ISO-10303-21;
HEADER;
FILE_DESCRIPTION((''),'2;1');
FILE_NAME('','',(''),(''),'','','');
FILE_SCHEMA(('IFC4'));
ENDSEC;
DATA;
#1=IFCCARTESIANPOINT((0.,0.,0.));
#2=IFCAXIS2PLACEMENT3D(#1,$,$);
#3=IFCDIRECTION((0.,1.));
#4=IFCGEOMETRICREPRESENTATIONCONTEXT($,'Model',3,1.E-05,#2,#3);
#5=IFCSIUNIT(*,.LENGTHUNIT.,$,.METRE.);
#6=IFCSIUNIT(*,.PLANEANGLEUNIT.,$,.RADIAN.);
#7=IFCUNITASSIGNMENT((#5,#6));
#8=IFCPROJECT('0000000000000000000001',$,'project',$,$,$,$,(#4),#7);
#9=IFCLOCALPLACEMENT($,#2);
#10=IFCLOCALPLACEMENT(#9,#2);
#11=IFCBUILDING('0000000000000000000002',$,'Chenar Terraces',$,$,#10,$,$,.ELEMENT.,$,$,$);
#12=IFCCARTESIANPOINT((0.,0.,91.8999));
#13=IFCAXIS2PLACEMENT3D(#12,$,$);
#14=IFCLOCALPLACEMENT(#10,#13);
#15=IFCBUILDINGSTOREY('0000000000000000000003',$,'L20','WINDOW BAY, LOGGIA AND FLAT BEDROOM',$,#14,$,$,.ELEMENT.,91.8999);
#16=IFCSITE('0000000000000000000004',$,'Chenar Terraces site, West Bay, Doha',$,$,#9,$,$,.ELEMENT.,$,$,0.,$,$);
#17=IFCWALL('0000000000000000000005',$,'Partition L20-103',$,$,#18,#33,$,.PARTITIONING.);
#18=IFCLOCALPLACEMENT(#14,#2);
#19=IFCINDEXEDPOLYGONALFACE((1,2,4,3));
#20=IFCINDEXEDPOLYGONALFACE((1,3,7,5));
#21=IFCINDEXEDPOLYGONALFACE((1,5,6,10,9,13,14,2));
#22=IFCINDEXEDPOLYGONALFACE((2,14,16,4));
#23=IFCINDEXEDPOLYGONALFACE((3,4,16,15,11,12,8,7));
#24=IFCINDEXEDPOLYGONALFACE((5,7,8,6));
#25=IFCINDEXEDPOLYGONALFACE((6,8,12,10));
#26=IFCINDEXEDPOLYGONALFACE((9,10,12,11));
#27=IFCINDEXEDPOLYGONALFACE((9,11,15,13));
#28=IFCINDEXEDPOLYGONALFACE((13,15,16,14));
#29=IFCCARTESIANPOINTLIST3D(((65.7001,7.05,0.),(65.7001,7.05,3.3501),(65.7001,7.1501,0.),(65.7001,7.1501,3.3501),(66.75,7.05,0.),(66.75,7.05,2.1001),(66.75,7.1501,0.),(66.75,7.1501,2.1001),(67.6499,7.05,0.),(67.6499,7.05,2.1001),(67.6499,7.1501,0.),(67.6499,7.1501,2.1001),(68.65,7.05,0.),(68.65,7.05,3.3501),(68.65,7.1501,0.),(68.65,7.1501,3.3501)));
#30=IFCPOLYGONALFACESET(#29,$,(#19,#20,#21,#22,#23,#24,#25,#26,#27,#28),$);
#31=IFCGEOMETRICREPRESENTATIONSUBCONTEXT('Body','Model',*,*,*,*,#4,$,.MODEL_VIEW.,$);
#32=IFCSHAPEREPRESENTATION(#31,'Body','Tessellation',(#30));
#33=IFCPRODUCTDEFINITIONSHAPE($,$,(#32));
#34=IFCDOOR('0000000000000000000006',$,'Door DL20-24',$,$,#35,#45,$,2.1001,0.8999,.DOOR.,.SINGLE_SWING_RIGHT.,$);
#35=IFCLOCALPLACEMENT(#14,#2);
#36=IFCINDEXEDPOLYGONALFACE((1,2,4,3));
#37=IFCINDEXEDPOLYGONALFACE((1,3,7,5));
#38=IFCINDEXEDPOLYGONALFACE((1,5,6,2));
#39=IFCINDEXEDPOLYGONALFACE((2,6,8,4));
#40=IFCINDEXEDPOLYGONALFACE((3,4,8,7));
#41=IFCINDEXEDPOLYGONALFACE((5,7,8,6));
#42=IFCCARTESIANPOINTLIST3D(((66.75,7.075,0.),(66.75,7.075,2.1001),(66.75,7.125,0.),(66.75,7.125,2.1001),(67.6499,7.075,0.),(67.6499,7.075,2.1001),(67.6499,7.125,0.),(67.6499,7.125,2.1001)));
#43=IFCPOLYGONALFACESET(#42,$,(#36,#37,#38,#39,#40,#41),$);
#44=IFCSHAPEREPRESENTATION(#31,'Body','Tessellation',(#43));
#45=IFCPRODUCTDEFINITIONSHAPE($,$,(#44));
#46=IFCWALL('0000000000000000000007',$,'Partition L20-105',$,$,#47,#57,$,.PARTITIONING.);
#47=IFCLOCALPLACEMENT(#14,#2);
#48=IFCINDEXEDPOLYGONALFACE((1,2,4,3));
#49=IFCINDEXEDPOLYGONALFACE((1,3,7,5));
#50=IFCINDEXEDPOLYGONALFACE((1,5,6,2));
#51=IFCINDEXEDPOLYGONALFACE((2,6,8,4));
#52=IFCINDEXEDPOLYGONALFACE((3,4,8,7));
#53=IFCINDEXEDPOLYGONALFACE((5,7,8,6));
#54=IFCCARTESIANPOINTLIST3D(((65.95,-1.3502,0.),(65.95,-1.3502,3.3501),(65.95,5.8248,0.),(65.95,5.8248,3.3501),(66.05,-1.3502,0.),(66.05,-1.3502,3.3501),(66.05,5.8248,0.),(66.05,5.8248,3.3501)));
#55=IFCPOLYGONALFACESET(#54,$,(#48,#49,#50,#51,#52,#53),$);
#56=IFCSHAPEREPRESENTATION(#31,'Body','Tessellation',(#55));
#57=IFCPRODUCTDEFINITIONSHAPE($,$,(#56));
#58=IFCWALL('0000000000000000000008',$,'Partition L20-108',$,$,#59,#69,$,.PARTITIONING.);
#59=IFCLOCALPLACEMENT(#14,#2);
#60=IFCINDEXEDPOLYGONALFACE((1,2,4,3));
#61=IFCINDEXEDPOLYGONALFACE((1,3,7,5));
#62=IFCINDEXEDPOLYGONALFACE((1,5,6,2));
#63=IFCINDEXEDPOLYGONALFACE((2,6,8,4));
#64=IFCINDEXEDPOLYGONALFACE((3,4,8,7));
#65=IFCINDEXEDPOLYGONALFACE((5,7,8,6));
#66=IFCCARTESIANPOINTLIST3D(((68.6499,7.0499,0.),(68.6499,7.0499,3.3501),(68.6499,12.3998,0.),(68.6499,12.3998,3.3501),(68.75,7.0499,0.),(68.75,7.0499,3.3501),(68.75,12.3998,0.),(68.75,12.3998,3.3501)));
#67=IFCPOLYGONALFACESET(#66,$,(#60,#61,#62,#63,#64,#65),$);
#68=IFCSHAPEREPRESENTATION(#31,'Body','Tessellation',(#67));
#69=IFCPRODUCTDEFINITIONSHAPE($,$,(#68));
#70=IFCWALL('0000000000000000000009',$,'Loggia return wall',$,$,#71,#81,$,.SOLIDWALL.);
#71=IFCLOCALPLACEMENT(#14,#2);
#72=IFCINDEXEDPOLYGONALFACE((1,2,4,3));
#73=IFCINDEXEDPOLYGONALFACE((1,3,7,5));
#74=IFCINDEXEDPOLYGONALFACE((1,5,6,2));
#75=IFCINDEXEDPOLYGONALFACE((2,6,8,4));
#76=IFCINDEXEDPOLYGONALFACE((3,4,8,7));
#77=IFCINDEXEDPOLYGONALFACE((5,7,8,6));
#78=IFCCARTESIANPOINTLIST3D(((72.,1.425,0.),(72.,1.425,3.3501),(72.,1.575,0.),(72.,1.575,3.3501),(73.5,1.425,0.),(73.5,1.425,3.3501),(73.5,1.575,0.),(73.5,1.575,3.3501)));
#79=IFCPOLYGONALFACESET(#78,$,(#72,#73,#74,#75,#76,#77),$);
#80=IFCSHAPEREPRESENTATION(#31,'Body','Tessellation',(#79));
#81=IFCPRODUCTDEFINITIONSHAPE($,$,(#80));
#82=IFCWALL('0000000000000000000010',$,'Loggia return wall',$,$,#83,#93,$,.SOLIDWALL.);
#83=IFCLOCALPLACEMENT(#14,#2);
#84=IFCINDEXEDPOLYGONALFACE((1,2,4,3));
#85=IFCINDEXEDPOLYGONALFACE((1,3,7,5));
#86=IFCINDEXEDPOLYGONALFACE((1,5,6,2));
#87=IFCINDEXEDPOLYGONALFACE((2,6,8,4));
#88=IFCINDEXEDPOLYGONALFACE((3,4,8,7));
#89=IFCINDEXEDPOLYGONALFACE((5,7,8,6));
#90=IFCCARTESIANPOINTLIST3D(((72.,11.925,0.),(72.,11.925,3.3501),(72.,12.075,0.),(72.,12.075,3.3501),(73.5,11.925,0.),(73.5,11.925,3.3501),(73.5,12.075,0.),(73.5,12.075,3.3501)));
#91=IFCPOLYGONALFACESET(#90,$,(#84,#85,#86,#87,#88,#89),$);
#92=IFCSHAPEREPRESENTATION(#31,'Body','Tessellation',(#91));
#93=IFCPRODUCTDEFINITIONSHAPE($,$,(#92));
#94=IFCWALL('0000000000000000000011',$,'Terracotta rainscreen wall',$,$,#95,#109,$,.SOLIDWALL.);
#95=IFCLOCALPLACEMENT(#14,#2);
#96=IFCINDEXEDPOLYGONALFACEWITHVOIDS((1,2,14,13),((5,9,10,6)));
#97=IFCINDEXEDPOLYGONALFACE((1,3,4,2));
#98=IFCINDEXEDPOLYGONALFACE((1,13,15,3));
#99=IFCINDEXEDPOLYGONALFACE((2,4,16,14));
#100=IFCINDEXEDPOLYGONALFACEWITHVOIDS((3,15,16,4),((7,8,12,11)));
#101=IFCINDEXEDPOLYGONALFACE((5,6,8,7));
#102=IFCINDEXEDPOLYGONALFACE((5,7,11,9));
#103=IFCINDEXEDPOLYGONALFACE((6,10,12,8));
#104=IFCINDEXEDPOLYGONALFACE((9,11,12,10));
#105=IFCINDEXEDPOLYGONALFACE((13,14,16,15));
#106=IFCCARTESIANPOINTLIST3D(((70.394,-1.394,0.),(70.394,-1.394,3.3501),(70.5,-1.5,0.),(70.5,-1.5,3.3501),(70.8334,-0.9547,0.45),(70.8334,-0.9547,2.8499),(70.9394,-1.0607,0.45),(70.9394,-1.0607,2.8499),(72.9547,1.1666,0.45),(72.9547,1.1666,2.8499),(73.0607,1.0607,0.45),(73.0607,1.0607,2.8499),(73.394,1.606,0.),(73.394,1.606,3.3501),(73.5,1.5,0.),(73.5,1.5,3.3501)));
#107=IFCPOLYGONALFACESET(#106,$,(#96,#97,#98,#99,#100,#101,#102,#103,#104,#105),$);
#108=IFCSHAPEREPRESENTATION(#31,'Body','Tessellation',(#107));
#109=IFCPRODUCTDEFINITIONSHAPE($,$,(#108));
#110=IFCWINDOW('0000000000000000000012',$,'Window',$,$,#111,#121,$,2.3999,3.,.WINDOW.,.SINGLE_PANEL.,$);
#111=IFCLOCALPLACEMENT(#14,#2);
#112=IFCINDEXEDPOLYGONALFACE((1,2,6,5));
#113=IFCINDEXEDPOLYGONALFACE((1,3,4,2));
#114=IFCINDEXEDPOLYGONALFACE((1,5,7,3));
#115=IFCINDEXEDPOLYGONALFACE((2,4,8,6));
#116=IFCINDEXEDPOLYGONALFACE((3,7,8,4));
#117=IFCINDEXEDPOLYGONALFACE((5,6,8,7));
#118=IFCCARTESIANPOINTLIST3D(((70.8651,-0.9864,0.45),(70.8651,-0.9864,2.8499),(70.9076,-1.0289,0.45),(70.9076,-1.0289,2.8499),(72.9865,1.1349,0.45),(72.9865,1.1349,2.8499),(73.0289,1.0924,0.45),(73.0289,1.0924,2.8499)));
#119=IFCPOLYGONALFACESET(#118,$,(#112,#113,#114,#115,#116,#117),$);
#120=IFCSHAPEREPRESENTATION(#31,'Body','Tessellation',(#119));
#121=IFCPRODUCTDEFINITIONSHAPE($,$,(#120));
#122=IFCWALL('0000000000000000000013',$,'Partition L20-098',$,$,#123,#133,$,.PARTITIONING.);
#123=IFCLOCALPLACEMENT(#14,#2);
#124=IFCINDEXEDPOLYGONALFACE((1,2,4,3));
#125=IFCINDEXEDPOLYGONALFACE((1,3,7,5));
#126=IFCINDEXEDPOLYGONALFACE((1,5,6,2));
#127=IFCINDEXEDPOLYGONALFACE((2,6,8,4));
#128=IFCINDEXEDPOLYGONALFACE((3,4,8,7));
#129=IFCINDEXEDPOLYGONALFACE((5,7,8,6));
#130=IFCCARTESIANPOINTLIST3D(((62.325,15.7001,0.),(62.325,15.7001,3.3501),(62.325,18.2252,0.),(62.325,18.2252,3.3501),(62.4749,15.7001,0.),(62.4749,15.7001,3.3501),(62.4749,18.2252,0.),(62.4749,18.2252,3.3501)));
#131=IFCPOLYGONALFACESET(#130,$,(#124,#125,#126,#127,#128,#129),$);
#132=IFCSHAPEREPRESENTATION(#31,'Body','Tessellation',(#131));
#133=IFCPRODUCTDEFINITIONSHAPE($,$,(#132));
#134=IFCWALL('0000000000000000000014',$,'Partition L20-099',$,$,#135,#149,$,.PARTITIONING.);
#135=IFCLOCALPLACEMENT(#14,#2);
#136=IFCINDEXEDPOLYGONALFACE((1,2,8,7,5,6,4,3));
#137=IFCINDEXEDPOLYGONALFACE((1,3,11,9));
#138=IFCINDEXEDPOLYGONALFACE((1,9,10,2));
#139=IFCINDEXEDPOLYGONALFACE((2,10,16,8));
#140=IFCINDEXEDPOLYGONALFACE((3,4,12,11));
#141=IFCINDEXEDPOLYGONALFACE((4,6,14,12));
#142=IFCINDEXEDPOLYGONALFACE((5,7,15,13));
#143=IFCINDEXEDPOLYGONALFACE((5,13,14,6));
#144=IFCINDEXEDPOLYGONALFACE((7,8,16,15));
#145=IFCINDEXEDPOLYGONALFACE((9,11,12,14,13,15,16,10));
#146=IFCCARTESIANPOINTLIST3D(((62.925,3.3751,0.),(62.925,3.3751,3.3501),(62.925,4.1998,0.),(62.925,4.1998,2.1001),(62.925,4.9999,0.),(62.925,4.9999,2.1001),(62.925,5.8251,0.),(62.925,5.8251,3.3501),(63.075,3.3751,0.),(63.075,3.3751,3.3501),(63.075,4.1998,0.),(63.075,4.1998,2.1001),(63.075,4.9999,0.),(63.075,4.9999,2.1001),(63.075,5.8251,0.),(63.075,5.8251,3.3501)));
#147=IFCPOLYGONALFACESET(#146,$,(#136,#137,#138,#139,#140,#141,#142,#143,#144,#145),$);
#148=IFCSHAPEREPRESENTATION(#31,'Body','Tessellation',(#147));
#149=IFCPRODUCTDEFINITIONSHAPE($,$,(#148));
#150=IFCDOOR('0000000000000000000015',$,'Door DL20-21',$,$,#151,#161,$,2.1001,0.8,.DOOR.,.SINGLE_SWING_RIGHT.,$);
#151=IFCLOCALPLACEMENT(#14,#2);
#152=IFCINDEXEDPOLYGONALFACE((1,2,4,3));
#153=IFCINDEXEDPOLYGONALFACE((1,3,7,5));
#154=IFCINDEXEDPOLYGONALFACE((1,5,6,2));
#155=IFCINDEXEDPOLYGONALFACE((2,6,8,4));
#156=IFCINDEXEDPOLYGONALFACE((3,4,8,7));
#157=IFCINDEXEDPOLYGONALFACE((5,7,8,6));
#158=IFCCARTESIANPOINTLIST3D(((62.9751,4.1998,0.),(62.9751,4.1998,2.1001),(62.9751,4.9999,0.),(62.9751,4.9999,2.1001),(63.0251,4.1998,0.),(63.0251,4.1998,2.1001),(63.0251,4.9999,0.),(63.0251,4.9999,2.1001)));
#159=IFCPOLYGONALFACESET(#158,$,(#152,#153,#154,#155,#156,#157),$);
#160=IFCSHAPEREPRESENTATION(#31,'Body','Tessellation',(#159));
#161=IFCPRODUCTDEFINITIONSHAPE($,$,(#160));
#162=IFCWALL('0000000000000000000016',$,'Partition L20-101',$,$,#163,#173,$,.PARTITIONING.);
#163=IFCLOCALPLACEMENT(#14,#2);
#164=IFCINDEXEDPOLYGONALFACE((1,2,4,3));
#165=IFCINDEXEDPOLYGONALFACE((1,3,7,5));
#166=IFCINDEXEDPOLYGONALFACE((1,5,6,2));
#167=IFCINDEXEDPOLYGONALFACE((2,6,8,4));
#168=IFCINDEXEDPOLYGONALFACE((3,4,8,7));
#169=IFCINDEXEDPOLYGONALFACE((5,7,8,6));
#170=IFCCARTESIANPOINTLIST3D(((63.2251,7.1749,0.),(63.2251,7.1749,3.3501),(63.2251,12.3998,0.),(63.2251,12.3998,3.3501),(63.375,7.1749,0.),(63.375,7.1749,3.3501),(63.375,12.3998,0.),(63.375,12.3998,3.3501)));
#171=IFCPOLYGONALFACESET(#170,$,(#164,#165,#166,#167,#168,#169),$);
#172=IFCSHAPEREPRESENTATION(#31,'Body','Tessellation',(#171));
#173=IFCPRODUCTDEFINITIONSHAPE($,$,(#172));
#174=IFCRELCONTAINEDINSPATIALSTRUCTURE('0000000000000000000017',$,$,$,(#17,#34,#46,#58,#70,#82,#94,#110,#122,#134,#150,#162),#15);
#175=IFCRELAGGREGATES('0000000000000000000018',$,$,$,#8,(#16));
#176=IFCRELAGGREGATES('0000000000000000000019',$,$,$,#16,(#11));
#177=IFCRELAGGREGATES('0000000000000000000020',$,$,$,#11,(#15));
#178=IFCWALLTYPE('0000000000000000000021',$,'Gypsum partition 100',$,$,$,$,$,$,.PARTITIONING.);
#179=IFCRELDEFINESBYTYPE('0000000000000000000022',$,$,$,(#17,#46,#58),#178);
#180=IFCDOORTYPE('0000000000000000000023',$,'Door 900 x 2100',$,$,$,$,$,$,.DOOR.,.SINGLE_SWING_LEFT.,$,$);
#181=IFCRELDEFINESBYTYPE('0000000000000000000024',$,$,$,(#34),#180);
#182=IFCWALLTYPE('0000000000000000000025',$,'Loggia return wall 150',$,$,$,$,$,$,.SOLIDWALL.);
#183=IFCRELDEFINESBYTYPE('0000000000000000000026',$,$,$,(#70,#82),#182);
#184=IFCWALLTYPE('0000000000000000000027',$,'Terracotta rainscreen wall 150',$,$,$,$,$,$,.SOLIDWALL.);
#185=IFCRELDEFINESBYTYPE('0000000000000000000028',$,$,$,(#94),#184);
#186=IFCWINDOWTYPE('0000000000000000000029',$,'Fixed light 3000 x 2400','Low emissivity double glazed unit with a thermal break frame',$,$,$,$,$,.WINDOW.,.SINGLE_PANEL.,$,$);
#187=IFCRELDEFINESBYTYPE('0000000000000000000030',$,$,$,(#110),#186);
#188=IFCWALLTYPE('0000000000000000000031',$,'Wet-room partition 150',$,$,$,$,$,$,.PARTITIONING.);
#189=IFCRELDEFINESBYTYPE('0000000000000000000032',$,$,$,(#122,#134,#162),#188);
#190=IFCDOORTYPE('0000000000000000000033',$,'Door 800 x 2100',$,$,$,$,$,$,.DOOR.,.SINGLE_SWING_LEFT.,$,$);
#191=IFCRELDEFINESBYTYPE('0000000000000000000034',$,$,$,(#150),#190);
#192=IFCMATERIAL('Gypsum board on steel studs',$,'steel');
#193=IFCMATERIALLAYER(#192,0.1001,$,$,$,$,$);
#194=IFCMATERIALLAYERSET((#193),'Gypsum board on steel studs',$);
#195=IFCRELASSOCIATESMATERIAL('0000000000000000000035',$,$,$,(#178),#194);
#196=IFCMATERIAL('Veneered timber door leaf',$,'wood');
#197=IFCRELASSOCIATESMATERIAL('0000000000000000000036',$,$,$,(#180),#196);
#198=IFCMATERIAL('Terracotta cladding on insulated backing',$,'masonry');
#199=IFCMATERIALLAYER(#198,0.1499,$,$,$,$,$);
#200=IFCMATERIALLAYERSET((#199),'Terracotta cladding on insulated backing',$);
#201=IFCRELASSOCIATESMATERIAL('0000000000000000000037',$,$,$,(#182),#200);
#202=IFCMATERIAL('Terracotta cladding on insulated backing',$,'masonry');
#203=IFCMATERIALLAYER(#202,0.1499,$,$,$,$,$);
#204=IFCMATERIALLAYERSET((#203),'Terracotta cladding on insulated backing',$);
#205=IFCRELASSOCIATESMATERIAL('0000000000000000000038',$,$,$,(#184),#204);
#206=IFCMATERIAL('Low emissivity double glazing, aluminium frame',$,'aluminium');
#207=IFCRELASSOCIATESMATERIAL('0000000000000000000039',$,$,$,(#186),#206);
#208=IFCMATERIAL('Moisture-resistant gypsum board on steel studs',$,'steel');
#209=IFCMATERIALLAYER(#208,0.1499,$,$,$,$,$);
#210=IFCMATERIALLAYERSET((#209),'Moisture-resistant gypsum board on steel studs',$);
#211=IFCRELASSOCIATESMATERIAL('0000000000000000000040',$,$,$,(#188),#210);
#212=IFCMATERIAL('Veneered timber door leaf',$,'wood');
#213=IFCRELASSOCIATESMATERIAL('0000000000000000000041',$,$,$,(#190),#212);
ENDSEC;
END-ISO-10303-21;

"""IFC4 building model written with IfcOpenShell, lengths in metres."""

from ifc_helpers import new_model, si_unit, direction, frame, frame_2d, origin, place, context, subcontext, project, spatial, rectangle, extrude, material, layer, layer_set, type_object, element, fill, save


model = new_model("IFC4")

# Units and contexts
model_context = context("Model", 3, precision=1e-05, world=origin(), true_north=direction((0.0, 1.0)))
body_context = subcontext(model_context, "Body", "Model", "MODEL_VIEW")
ifc_project = project(units=[si_unit("LENGTHUNIT", "METRE"), si_unit("PLANEANGLEUNIT", "RADIAN")], contexts=[model_context])

# Site, building, storey
site_placement = place(None, origin())
site = spatial("IfcSite", under=ifc_project, at=site_placement, Name="Chenar Terraces site, West Bay, Doha", CompositionType="ELEMENT", RefElevation=0.0)
building_placement = place(site_placement, origin())
building = spatial("IfcBuilding", under=site, at=building_placement, Name="Chenar Terraces", CompositionType="ELEMENT")
storey_placement = place(building_placement, frame((0.0, 0.0, 91.8999)))
storey = spatial("IfcBuildingStorey", under=building, at=storey_placement, Name="L20", Description="WINDOW BAY, LOGGIA AND FLAT BEDROOM", CompositionType="ELEMENT", Elevation=91.8999)

# Wall, opening, door
ifc_material_1 = material(Name="Gypsum board on steel studs", Category="steel")
ifc_layer_1 = layer(ifc_material_1, 0.1001)
ifc_layer_set_1 = layer_set([ifc_layer_1], Name="Gypsum board on steel studs")
wall_type_1 = type_object("IfcWallType", Name="Gypsum partition 100", PredefinedType="PARTITIONING", material=ifc_layer_set_1)
wall_1_placement = place(storey_placement, frame((65.7, 7.1001, 0.0), z_axis=(0.0, 0.0, 1.0), x_axis=(1.0, 0.0, 0.0)))
wall_1 = element("IfcWall", 1, at=wall_1_placement, inside=storey, type_object=wall_type_1, Name="Partition L20-103", PredefinedType="PARTITIONING", context=body_context, shape_type="SweptSolid", body=[
    extrude(rectangle(XDim=2.95, YDim=0.1001, at=frame_2d((1.4751, 0.0))), origin(), (0.0, 0.0, 1.0), 3.3501),
])
opening_1_placement = place(wall_1_placement, frame((1.05, 0.0, 0.0)))
opening_1 = element("IfcOpeningElement", 2, at=opening_1_placement, cuts=wall_1, PredefinedType="OPENING", context=body_context, shape_type="SweptSolid", body=[
    extrude(rectangle(XDim=0.8999, YDim=2.1001, at=frame_2d((0.45, 1.05))), frame((0.0, 0.0601, 0.0), z_axis=(0.0, -1.0, 0.0), x_axis=(1.0, 0.0, 0.0)), (0.0, 0.0, 1.0), 0.1201),
])
ifc_material_2 = material(Name="Veneered timber door leaf", Category="wood")
door_type_1 = type_object("IfcDoorType", Name="Door 900 x 2100", OperationType="SINGLE_SWING_LEFT", PredefinedType="DOOR", material=ifc_material_2)
door_1_placement = place(opening_1_placement, origin())
door_1 = element("IfcDoor", 3, at=door_1_placement, inside=storey, type_object=door_type_1, Name="Door DL20-24", OperationType="SINGLE_SWING_RIGHT", OverallHeight=2.1001, OverallWidth=0.8999, PredefinedType="DOOR", context=body_context, shape_type="SweptSolid", body=[
    extrude(rectangle(XDim=0.8999, YDim=2.1001, at=frame_2d((0.45, 1.05))), frame((0.0, 0.0249, 0.0), z_axis=(0.0, -1.0, 0.0), x_axis=(1.0, 0.0, 0.0)), (0.0, 0.0, 1.0), 0.05),
])
fill(opening_1, door_1)

# Walls
wall_2_placement = place(storey_placement, frame((66.0, -1.3501, 0.0), z_axis=(0.0, 0.0, 1.0), x_axis=(0.0, 1.0, 0.0)))
element("IfcWall", 4, at=wall_2_placement, inside=storey, type_object=wall_type_1, Name="Partition L20-105", PredefinedType="PARTITIONING", context=body_context, shape_type="SweptSolid", body=[
    extrude(rectangle(XDim=7.175, YDim=0.1001, at=frame_2d((3.5874, 0.0))), origin(), (0.0, 0.0, 1.0), 3.3501),
])
wall_3_placement = place(storey_placement, frame((68.7, 7.05, 0.0), z_axis=(0.0, 0.0, 1.0), x_axis=(0.0, 1.0, 0.0)))
element("IfcWall", 5, at=wall_3_placement, inside=storey, type_object=wall_type_1, Name="Partition L20-108", PredefinedType="PARTITIONING", context=body_context, shape_type="SweptSolid", body=[
    extrude(rectangle(XDim=5.3499, YDim=0.1001, at=frame_2d((2.6748, 0.0))), origin(), (0.0, 0.0, 1.0), 3.3501),
])
ifc_material_3 = material(Name="Terracotta cladding on insulated backing", Category="masonry")
ifc_layer_2 = layer(ifc_material_3, 0.1499)
ifc_layer_set_2 = layer_set([ifc_layer_2], Name="Terracotta cladding on insulated backing")
wall_type_2 = type_object("IfcWallType", Name="Loggia return wall 150", PredefinedType="SOLIDWALL", material=ifc_layer_set_2)
for number, where, z_axis, x_axis, name in (
    (6, (73.5, 1.5, 0.0), (0.0, 0.0, 1.0), (-1.0, 0.0, 0.0), "Loggia return wall"),
    (7, (73.5, 12.0, 0.0), (0.0, 0.0, 1.0), (-1.0, 0.0, 0.0), "Loggia return wall"),
):
    element("IfcWall", number, at=place(storey_placement, frame(where, z_axis=z_axis, x_axis=x_axis)), inside=storey, type_object=wall_type_2, Name=name, PredefinedType="SOLIDWALL", context=body_context, shape_type="SweptSolid", body=[
        extrude(rectangle(XDim=1.5, YDim=0.1499, at=frame_2d((0.75, 0.0))), origin(), (0.0, 0.0, 1.0), 3.3501),
    ])

# Wall, opening, window
ifc_material_4 = material(Name="Terracotta cladding on insulated backing", Category="masonry")
ifc_layer_3 = layer(ifc_material_4, 0.1499)
ifc_layer_set_3 = layer_set([ifc_layer_3], Name="Terracotta cladding on insulated backing")
wall_type_3 = type_object("IfcWallType", Name="Terracotta rainscreen wall 150", PredefinedType="SOLIDWALL", material=ifc_layer_set_3)
wall_4_placement = place(storey_placement, frame((70.447, -1.447, 0.0), z_axis=(0.0, 0.0, 1.0), x_axis=(0.707107, 0.707107, 0.0)))
wall_4 = element("IfcWall", 8, at=wall_4_placement, inside=storey, type_object=wall_type_3, Name="Terracotta rainscreen wall", PredefinedType="SOLIDWALL", context=body_context, shape_type="SweptSolid", body=[
    extrude(rectangle(XDim=4.2427, YDim=0.1499, at=frame_2d((2.1213, 0.0))), origin(), (0.0, 0.0, 1.0), 3.3501),
])
opening_2_placement = place(wall_4_placement, frame((0.6213, 0.0, 0.45)))
opening_2 = element("IfcOpeningElement", 9, at=opening_2_placement, cuts=wall_4, PredefinedType="OPENING", context=body_context, shape_type="SweptSolid", body=[
    extrude(rectangle(XDim=3.0, YDim=2.3999, at=frame_2d((1.5, 1.2))), frame((0.0, 0.085, 0.0), z_axis=(0.0, -1.0, 0.0), x_axis=(1.0, 0.0, 0.0)), (0.0, 0.0, 1.0), 0.1699),
])
ifc_material_5 = material(Name="Low emissivity double glazing, aluminium frame", Category="aluminium")
window_type_1 = type_object("IfcWindowType", Name="Fixed light 3000 x 2400", Description="Low emissivity double glazed unit with a thermal break frame", PartitioningType="SINGLE_PANEL", PredefinedType="WINDOW", material=ifc_material_5)
window_1_placement = place(opening_2_placement, origin())
window_1 = element("IfcWindow", 10, at=window_1_placement, inside=storey, type_object=window_type_1, Name="Window", OverallHeight=2.3999, OverallWidth=3.0, PartitioningType="SINGLE_PANEL", PredefinedType="WINDOW", context=body_context, shape_type="SweptSolid", body=[
    extrude(rectangle(XDim=3.0, YDim=2.3999, at=frame_2d((1.5, 1.2))), frame((0.0, 0.03, 0.0), z_axis=(0.0, -1.0, 0.0), x_axis=(1.0, 0.0, 0.0)), (0.0, 0.0, 1.0), 0.0601),
])
fill(opening_2, window_1)

# Wall
ifc_material_6 = material(Name="Moisture-resistant gypsum board on steel studs", Category="steel")
ifc_layer_4 = layer(ifc_material_6, 0.1499)
ifc_layer_set_4 = layer_set([ifc_layer_4], Name="Moisture-resistant gypsum board on steel studs")
wall_type_4 = type_object("IfcWallType", Name="Wet-room partition 150", PredefinedType="PARTITIONING", material=ifc_layer_set_4)
wall_5_placement = place(storey_placement, frame((62.3999, 15.7, 0.0), z_axis=(0.0, 0.0, 1.0), x_axis=(0.0, 1.0, 0.0)))
element("IfcWall", 11, at=wall_5_placement, inside=storey, type_object=wall_type_4, Name="Partition L20-098", PredefinedType="PARTITIONING", context=body_context, shape_type="SweptSolid", body=[
    extrude(rectangle(XDim=2.5251, YDim=0.1499, at=frame_2d((1.2627, 0.0))), origin(), (0.0, 0.0, 1.0), 3.3501),
])

# Wall, opening, door
wall_6_placement = place(storey_placement, frame((63.0, 3.375, 0.0), z_axis=(0.0, 0.0, 1.0), x_axis=(0.0, 1.0, 0.0)))
wall_6 = element("IfcWall", 12, at=wall_6_placement, inside=storey, type_object=wall_type_4, Name="Partition L20-099", PredefinedType="PARTITIONING", context=body_context, shape_type="SweptSolid", body=[
    extrude(rectangle(XDim=2.45, YDim=0.1499, at=frame_2d((1.2251, 0.0))), origin(), (0.0, 0.0, 1.0), 3.3501),
])
opening_3_placement = place(wall_6_placement, frame((0.825, 0.0, 0.0)))
opening_3 = element("IfcOpeningElement", 13, at=opening_3_placement, cuts=wall_6, PredefinedType="OPENING", context=body_context, shape_type="SweptSolid", body=[
    extrude(rectangle(XDim=0.8, YDim=2.1001, at=frame_2d((0.3999, 1.05))), frame((0.0, 0.085, 0.0), z_axis=(0.0, -1.0, 0.0), x_axis=(1.0, 0.0, 0.0)), (0.0, 0.0, 1.0), 0.1699),
])
ifc_material_7 = material(Name="Veneered timber door leaf", Category="wood")
door_type_2 = type_object("IfcDoorType", Name="Door 800 x 2100", OperationType="SINGLE_SWING_LEFT", PredefinedType="DOOR", material=ifc_material_7)
door_2_placement = place(opening_3_placement, origin())
door_2 = element("IfcDoor", 14, at=door_2_placement, inside=storey, type_object=door_type_2, Name="Door DL20-21", OperationType="SINGLE_SWING_RIGHT", OverallHeight=2.1001, OverallWidth=0.8, PredefinedType="DOOR", context=body_context, shape_type="SweptSolid", body=[
    extrude(rectangle(XDim=0.8, YDim=2.1001, at=frame_2d((0.3999, 1.05))), frame((0.0, 0.0249, 0.0), z_axis=(0.0, -1.0, 0.0), x_axis=(1.0, 0.0, 0.0)), (0.0, 0.0, 1.0), 0.05),
])
fill(opening_3, door_2)

# Wall
for number, where, z_axis, x_axis, name in (
    (15, (63.3, 7.175, 0.0), (0.0, 0.0, 1.0), (0.0, 1.0, 0.0), "Partition L20-101"),
):
    element("IfcWall", number, at=place(storey_placement, frame(where, z_axis=z_axis, x_axis=x_axis)), inside=storey, type_object=wall_type_4, Name=name, PredefinedType="PARTITIONING", context=body_context, shape_type="SweptSolid", body=[
        extrude(rectangle(XDim=5.2249, YDim=0.1499, at=frame_2d((2.6123, 0.0))), origin(), (0.0, 0.0, 1.0), 3.3501),
    ])

save(model, "model.ifc")
